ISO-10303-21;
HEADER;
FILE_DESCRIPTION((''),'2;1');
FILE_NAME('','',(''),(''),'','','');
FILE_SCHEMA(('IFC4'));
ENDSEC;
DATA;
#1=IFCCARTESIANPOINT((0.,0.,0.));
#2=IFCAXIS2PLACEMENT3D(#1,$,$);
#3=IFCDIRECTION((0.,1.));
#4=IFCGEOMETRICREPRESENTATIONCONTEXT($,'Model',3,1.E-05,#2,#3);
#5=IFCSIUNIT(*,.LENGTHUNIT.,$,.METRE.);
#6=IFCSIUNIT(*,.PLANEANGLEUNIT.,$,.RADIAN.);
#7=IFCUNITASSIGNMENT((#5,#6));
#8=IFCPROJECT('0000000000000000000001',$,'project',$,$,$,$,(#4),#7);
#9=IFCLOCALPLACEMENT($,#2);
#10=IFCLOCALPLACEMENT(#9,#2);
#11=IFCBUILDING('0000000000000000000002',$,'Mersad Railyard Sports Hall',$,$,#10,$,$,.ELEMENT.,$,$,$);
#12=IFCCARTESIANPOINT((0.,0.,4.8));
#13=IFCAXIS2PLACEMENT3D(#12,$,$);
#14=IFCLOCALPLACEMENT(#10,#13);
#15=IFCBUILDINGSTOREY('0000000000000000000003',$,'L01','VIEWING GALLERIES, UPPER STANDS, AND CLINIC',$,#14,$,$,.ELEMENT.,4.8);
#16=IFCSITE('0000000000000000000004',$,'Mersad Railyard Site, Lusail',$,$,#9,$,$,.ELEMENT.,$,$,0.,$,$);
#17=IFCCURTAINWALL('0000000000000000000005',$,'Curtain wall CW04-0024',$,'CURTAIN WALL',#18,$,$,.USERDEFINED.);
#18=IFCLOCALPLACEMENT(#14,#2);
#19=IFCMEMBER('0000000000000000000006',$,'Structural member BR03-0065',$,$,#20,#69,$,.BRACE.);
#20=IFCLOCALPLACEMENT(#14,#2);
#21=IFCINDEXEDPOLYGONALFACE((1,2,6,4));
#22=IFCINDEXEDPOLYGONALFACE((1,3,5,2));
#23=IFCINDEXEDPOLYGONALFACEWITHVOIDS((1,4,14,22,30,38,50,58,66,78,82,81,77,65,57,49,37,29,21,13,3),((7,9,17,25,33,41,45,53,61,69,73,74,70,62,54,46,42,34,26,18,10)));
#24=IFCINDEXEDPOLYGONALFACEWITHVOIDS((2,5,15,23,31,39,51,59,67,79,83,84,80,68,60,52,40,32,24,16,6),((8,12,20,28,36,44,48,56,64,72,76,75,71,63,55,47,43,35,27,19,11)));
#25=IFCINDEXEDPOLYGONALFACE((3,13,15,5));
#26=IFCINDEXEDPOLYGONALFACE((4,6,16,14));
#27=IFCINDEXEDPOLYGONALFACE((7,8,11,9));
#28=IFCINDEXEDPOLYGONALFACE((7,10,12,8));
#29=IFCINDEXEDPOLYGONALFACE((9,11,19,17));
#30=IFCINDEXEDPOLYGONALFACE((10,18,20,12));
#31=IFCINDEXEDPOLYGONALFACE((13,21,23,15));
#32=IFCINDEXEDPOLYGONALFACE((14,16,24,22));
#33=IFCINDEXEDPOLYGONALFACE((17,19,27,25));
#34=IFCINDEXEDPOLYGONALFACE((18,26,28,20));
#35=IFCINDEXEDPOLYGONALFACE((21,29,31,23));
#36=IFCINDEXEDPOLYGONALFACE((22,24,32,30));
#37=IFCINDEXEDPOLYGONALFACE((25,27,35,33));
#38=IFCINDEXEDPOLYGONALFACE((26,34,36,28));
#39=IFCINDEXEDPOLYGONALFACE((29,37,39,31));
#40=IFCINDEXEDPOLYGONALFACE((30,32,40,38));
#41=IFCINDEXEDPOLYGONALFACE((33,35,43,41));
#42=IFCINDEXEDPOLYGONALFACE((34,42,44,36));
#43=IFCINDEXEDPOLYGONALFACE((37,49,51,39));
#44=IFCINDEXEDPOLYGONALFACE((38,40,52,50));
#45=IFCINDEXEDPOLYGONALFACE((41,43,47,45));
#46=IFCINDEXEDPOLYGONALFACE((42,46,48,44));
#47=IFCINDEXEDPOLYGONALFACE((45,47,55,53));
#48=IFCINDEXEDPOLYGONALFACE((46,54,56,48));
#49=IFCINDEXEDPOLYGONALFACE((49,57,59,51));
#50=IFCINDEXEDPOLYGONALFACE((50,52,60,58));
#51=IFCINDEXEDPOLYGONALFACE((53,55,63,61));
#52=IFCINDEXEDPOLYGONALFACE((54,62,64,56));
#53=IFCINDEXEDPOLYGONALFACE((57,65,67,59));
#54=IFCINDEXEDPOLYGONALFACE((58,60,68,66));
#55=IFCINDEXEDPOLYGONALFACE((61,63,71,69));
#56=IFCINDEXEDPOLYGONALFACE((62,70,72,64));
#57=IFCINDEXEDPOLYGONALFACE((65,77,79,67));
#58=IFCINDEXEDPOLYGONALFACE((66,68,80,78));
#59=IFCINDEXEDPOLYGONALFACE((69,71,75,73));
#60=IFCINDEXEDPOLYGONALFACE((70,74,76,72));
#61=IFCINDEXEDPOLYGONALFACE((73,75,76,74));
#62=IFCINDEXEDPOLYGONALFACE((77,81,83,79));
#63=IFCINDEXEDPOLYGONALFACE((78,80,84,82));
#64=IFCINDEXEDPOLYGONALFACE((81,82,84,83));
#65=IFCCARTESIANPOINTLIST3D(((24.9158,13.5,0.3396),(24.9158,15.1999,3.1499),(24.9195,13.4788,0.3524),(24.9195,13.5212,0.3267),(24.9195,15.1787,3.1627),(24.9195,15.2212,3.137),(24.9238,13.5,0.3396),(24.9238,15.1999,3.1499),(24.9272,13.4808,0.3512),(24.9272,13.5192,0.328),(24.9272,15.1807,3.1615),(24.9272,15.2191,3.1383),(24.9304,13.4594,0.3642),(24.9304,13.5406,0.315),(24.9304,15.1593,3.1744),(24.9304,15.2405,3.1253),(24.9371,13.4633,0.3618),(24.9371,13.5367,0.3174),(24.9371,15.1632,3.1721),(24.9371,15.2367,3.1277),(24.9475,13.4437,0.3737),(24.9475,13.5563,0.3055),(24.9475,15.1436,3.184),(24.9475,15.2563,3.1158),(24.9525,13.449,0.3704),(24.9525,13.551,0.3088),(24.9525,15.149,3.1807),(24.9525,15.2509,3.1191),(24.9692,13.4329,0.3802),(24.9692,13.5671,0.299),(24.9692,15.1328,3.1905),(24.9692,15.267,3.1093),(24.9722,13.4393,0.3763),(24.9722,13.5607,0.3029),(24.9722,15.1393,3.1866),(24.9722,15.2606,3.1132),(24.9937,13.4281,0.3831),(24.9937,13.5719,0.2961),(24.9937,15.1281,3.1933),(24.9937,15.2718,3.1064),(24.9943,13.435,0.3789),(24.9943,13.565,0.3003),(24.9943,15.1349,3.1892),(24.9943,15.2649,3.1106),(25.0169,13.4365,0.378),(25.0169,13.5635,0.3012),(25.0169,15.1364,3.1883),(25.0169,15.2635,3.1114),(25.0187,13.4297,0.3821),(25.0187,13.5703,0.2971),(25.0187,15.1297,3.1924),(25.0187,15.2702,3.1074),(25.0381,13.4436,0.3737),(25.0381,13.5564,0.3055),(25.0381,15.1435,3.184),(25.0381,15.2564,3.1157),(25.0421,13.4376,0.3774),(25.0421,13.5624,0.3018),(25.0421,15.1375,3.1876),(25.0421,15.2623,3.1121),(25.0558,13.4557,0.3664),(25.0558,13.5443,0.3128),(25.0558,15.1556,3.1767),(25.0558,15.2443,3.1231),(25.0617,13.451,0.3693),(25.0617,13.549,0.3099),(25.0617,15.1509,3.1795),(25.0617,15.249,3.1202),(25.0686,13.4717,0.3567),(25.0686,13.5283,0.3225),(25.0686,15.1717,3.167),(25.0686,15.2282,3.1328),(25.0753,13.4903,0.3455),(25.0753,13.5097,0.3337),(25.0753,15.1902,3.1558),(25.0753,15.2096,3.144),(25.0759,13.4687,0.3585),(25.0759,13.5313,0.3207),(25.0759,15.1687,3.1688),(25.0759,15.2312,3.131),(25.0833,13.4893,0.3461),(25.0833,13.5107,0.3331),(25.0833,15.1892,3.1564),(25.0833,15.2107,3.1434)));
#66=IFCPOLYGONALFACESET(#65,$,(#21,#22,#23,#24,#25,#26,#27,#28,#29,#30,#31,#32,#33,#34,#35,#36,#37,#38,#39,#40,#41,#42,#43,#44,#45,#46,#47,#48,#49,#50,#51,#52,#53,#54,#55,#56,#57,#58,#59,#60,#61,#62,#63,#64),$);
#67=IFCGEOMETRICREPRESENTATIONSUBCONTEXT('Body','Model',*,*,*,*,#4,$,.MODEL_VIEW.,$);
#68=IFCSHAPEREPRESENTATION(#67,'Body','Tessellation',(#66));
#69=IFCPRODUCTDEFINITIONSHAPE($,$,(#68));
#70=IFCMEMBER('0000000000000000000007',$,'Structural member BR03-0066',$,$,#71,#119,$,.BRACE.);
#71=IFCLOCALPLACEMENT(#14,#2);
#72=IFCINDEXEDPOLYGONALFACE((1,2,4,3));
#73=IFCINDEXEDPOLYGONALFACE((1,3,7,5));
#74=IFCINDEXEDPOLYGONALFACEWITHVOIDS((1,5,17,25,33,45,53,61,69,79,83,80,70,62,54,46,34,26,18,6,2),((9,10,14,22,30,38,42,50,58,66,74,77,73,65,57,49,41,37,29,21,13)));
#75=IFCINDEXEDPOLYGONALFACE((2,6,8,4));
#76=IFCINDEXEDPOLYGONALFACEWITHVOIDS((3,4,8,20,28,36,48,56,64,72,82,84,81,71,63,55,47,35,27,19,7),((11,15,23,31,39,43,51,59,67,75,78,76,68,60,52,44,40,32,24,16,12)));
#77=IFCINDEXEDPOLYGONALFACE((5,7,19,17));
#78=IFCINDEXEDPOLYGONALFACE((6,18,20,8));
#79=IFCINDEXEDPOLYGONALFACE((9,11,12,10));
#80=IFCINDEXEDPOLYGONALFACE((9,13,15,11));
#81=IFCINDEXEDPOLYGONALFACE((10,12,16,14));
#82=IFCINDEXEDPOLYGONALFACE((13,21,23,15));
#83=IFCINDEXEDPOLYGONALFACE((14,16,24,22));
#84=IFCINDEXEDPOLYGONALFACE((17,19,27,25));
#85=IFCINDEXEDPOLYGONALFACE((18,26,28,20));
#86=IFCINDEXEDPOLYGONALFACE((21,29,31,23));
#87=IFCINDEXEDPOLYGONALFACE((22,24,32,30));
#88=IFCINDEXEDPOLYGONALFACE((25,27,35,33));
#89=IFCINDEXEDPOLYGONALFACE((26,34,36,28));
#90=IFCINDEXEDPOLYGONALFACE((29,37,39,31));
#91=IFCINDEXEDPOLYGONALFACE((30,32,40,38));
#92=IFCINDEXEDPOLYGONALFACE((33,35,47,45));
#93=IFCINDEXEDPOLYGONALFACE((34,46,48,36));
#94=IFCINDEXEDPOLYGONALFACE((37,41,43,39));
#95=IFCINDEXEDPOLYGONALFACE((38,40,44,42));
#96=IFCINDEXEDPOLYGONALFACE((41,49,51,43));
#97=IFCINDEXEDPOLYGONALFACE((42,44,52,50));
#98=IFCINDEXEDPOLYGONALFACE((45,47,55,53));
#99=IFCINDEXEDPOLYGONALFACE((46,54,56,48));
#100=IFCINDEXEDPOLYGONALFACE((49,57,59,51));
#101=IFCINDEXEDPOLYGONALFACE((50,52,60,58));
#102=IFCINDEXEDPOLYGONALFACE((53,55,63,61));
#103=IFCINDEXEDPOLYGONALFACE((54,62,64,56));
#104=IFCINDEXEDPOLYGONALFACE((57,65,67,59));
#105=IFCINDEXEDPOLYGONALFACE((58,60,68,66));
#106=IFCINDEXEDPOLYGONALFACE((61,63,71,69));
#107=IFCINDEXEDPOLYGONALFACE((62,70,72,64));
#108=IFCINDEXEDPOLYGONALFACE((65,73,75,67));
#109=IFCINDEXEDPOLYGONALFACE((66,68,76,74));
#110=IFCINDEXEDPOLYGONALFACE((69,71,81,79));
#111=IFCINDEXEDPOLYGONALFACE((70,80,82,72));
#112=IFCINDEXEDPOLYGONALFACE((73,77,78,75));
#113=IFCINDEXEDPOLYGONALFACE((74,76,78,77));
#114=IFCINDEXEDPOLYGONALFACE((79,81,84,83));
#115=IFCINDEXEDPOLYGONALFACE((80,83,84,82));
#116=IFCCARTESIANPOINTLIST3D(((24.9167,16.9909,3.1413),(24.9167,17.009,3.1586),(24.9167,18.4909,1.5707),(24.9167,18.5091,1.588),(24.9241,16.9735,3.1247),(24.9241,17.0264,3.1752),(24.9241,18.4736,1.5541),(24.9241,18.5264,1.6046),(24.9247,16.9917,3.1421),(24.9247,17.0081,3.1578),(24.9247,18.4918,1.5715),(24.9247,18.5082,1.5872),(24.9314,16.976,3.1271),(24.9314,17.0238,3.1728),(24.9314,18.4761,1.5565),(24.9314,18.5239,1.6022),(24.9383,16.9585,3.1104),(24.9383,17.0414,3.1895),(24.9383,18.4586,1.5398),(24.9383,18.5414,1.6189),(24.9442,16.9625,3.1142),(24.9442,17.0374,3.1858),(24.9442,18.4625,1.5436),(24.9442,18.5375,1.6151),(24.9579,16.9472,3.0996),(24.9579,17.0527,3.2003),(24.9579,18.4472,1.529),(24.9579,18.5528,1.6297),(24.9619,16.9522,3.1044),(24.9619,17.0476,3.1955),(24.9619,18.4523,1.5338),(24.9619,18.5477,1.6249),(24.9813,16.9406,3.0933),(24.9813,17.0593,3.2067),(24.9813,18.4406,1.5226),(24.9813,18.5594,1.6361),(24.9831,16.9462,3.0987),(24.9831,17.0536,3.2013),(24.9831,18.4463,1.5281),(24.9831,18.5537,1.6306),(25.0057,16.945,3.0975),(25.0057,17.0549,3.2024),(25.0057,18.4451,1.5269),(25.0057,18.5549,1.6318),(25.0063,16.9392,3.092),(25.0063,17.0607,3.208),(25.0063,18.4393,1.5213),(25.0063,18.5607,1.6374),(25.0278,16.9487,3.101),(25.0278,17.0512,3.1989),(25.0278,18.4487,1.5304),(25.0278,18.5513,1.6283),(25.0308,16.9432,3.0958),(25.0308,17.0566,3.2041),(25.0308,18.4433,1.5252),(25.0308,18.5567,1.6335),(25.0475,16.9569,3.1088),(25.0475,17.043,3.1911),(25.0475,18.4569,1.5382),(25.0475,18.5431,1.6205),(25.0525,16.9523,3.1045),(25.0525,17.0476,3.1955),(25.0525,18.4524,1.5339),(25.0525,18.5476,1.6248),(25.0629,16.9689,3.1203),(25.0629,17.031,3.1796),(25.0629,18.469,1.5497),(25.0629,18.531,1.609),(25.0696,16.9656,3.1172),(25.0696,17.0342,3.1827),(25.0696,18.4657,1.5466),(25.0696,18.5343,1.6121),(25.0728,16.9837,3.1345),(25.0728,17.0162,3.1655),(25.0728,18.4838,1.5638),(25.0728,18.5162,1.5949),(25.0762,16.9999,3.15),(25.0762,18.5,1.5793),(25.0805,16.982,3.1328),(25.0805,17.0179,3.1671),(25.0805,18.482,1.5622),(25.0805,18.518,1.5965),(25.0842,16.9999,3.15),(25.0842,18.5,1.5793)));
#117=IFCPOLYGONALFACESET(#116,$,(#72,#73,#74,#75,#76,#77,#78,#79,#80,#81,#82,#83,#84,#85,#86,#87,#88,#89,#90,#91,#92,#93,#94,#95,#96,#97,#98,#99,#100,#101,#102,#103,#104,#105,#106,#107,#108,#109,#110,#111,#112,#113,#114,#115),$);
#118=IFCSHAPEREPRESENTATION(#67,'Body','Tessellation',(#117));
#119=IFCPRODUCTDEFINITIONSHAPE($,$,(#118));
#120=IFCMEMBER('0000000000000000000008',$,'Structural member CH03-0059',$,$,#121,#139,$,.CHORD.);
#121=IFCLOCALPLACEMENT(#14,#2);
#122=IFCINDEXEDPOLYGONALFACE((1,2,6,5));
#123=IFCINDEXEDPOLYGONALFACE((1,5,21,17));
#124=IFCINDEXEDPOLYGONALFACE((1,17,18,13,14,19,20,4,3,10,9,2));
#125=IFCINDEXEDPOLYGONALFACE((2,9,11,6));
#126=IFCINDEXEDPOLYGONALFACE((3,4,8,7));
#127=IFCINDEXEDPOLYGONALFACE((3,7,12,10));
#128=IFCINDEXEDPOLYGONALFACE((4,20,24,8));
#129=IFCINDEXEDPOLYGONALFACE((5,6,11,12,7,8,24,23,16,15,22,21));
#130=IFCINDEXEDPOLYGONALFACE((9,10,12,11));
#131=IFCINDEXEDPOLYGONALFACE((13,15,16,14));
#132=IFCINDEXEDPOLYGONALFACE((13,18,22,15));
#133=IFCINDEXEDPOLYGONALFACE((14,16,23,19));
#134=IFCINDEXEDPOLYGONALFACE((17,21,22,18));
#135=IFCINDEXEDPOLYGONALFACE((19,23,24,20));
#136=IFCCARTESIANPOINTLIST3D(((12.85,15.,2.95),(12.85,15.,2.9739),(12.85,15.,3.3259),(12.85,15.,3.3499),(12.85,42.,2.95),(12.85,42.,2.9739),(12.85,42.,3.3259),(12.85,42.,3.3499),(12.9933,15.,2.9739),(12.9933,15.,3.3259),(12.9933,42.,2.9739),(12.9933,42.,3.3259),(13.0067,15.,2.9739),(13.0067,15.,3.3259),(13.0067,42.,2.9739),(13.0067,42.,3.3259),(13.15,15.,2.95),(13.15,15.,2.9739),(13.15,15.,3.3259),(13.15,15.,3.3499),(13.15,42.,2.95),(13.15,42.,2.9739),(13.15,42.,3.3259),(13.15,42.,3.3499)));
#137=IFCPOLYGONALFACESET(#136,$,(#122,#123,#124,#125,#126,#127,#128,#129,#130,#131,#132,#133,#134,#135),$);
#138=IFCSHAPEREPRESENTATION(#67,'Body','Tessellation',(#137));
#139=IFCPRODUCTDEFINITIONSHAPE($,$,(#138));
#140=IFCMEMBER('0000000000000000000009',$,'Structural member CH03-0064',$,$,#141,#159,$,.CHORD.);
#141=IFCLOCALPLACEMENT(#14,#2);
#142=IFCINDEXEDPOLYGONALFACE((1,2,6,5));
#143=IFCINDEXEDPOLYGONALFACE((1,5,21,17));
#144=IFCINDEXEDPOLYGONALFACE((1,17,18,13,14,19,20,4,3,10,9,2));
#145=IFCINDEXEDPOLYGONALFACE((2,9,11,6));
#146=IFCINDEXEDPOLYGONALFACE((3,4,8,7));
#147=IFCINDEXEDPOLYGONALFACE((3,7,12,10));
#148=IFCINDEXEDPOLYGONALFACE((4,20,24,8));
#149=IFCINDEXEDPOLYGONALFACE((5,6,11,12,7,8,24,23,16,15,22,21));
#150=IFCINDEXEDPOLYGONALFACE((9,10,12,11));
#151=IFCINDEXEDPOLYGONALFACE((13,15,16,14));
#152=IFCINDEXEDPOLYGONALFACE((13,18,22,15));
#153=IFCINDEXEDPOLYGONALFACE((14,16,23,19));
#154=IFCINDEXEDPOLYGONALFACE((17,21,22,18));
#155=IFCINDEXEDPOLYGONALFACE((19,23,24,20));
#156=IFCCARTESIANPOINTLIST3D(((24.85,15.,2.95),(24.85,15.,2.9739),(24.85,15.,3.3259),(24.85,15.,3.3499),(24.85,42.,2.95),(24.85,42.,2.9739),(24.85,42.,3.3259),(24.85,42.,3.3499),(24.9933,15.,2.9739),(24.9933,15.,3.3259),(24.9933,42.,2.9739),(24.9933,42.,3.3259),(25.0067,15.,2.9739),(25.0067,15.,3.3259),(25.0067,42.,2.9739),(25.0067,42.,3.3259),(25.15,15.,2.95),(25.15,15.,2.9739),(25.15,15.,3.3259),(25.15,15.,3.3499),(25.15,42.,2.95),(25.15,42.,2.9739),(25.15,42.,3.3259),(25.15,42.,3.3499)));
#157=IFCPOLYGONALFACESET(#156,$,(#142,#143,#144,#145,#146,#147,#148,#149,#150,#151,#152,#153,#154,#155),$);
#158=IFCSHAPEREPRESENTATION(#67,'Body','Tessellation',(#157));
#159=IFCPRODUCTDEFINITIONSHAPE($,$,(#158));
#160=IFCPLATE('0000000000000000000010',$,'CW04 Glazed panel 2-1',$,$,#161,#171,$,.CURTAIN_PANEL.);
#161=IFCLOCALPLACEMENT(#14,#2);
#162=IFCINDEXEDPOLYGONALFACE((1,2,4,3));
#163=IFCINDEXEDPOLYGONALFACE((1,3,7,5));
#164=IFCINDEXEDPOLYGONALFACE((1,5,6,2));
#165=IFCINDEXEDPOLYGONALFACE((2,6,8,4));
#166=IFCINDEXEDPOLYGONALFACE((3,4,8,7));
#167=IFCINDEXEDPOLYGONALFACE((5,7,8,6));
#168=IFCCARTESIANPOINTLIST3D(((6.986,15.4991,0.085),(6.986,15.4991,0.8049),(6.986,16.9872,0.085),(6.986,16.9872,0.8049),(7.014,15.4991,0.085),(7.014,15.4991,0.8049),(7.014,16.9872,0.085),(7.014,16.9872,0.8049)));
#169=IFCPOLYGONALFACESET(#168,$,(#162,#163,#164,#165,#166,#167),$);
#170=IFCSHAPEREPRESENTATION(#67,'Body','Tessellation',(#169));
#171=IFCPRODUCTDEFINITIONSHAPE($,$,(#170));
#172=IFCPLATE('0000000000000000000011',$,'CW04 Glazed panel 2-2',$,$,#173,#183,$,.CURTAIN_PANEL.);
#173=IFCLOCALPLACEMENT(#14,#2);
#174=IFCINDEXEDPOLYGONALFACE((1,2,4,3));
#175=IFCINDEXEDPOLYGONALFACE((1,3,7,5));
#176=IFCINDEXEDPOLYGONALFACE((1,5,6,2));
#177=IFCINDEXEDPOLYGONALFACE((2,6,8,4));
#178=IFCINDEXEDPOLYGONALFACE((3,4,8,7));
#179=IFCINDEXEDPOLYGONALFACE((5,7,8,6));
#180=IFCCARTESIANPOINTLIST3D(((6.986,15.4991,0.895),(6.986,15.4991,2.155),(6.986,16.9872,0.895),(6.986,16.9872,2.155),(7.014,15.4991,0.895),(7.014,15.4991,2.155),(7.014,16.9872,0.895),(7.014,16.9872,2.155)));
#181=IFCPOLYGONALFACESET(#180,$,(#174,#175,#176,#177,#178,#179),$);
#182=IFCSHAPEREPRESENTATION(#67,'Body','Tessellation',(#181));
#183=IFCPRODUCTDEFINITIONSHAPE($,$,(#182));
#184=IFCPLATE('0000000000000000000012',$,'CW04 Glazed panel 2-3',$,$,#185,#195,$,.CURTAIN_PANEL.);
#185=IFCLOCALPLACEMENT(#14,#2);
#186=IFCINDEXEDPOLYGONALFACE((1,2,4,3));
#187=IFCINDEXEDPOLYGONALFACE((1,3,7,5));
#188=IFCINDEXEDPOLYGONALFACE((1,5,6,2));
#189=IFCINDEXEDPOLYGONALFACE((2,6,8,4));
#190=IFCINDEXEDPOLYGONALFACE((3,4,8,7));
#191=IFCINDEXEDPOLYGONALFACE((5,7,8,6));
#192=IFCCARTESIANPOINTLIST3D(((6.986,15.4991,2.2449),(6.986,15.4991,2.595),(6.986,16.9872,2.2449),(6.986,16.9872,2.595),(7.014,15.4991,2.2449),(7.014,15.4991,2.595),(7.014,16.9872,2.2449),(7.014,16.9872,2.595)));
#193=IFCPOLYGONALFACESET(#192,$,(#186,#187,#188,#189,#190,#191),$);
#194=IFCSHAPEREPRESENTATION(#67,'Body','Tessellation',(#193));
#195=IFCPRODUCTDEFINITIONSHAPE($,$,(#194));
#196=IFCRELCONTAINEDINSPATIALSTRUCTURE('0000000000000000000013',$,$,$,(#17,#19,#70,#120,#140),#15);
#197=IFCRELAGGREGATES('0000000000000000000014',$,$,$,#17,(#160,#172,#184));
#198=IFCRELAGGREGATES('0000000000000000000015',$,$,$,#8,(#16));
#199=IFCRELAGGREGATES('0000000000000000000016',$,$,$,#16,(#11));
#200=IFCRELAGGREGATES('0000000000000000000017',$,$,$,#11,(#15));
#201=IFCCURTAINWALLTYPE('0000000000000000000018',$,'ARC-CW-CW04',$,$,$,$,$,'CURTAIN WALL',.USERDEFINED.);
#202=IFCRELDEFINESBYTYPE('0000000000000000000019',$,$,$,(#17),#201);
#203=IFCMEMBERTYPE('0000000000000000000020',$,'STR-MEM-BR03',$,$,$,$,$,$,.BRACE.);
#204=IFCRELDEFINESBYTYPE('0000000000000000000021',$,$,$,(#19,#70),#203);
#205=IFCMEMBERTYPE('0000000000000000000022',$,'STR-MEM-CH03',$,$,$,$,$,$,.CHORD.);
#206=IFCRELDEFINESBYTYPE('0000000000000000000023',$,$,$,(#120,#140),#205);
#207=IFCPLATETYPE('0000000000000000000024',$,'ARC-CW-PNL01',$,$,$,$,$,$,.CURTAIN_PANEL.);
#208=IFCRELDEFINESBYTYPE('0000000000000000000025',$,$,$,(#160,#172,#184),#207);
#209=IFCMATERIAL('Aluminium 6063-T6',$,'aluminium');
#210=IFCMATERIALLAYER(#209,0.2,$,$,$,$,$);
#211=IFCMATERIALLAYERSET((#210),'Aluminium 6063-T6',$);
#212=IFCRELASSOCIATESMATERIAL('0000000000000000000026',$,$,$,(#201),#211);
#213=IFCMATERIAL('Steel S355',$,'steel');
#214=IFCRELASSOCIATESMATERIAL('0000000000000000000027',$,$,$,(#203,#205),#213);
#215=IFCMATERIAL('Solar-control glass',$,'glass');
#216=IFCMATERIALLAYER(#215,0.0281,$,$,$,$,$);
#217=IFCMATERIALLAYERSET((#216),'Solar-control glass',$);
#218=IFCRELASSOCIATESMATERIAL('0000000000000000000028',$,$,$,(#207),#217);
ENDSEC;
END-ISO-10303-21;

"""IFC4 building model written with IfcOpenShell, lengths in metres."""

from ifc_helpers import new_model, si_unit, direction, frame, origin, origin_2d, place, context, subcontext, project, spatial, rectangle, hollow_circle, i_section, extrude, material, layer, layer_set, material_profile, profile_set, type_object, element, aggregate, save


model = new_model("IFC4")

# Units and contexts
model_context = context("Model", 3, precision=1e-05, world=origin(), true_north=direction((0.0, 1.0)))
body_context = subcontext(model_context, "Body", "Model", "MODEL_VIEW")
ifc_project = project(units=[si_unit("LENGTHUNIT", "METRE"), si_unit("PLANEANGLEUNIT", "RADIAN")], contexts=[model_context])

# Site, building, storey
site_placement = place(None, origin())
site = spatial("IfcSite", under=ifc_project, at=site_placement, Name="Mersad Railyard Site, Lusail", CompositionType="ELEMENT", RefElevation=0.0)
building_placement = place(site_placement, origin())
building = spatial("IfcBuilding", under=site, at=building_placement, Name="Mersad Railyard Sports Hall", CompositionType="ELEMENT")
storey_placement = place(building_placement, frame((0.0, 0.0, 4.8)))
storey = spatial("IfcBuildingStorey", under=building, at=storey_placement, Name="L01", Description="VIEWING GALLERIES, UPPER STANDS, AND CLINIC", CompositionType="ELEMENT", Elevation=4.8)

# Curtain wall
ifc_material_1 = material(Name="Aluminium 6063-T6", Category="aluminium")
ifc_layer_1 = layer(ifc_material_1, 0.2)
ifc_layer_set_1 = layer_set([ifc_layer_1], Name="Aluminium 6063-T6")
curtain_wall_type = type_object("IfcCurtainWallType", Name="ARC-CW-CW04", ElementType="CURTAIN WALL", PredefinedType="USERDEFINED", material=ifc_layer_set_1)
curtain_wall_placement = place(storey_placement, origin())
curtain_wall = element("IfcCurtainWall", 1, at=curtain_wall_placement, inside=storey, type_object=curtain_wall_type, Name="Curtain wall CW04-0024", ObjectType="CURTAIN WALL", PredefinedType="USERDEFINED")

# Members
ifc_material_2 = material(Name="Steel S355", Category="steel")
ifc_material_profile_1 = material_profile(ifc_material_2, hollow_circle(Radius=0.0842, WallThickness=0.0081, at=origin_2d()), Name="CHS 168.3x8")
ifc_profile_set_1 = profile_set([ifc_material_profile_1], Name="Steel S355")
member_type_1 = type_object("IfcMemberType", Name="STR-MEM-BR03", PredefinedType="BRACE", material=ifc_profile_set_1)
member_1_placement = place(storey_placement, frame((25.0, 13.5, 0.3396), z_axis=(0.0, 0.517575, 0.855638), x_axis=(-1.0, 0.0, 0.0)))
element("IfcMember", 2, at=member_1_placement, inside=storey, type_object=member_type_1, Name="Structural member BR03-0065", PredefinedType="BRACE", context=body_context, shape_type="SweptSolid", body=[
    extrude(hollow_circle(Radius=0.0842, WallThickness=0.0081, at=origin_2d()), origin(), (0.0, 0.0, 1.0), 3.2844),
])
member_2_placement = place(storey_placement, frame((25.0, 18.5, 1.5793), z_axis=(0.0, -0.690676, 0.723164), x_axis=(1.0, 0.0, 0.0)))
element("IfcMember", 3, at=member_2_placement, inside=storey, type_object=member_type_1, Name="Structural member BR03-0066", PredefinedType="BRACE", context=body_context, shape_type="SweptSolid", body=[
    extrude(hollow_circle(Radius=0.0842, WallThickness=0.0081, at=origin_2d()), origin(), (0.0, 0.0, 1.0), 2.1719),
])
ifc_material_profile_2 = material_profile(ifc_material_2, i_section(OverallWidth=0.3, OverallDepth=0.3999, WebThickness=0.0134, FlangeThickness=0.0239, at=origin_2d()), Name="HEB 400")
ifc_profile_set_2 = profile_set([ifc_material_profile_2], Name="Steel S355")
member_type_2 = type_object("IfcMemberType", Name="STR-MEM-CH03", PredefinedType="CHORD", material=ifc_profile_set_2)
for number, where, z_axis, x_axis, name in (
    (4, (13.0, 15.0, 3.1499), (0.0, 1.0, 0.0), (-1.0, 0.0, 0.0), "Structural member CH03-0059"),
    (5, (25.0, 15.0, 3.1499), (0.0, 1.0, 0.0), (-1.0, 0.0, 0.0), "Structural member CH03-0064"),
):
    element("IfcMember", number, at=place(storey_placement, frame(where, z_axis=z_axis, x_axis=x_axis)), inside=storey, type_object=member_type_2, Name=name, PredefinedType="CHORD", context=body_context, shape_type="SweptSolid", body=[
        extrude(i_section(OverallWidth=0.3, OverallDepth=0.3999, WebThickness=0.0134, FlangeThickness=0.0239, at=origin_2d()), origin(), (0.0, 0.0, 1.0), 27.0),
    ])

# Plates
ifc_material_3 = material(Name="Solar-control glass", Category="glass")
ifc_layer_2 = layer(ifc_material_3, 0.0281)
ifc_layer_set_2 = layer_set([ifc_layer_2], Name="Solar-control glass")
plate_type_1 = type_object("IfcPlateType", Name="ARC-CW-PNL01", PredefinedType="CURTAIN_PANEL", material=ifc_layer_set_2)
plate_1_placement = place(storey_placement, frame((7.0, 16.2432, 0.085), z_axis=(0.0, 0.0, 1.0), x_axis=(0.0, 1.0, 0.0)))
plate_1 = element("IfcPlate", 6, at=plate_1_placement, type_object=plate_type_1, Name="CW04 Glazed panel 2-1", PredefinedType="CURTAIN_PANEL", context=body_context, shape_type="SweptSolid", body=[
    extrude(rectangle(XDim=1.488, YDim=0.0281, at=origin_2d()), origin(), (0.0, 0.0, 1.0), 0.72),
])
plate_2_placement = place(storey_placement, frame((7.0, 16.2432, 0.895), z_axis=(0.0, 0.0, 1.0), x_axis=(0.0, 1.0, 0.0)))
plate_2 = element("IfcPlate", 7, at=plate_2_placement, type_object=plate_type_1, Name="CW04 Glazed panel 2-2", PredefinedType="CURTAIN_PANEL", context=body_context, shape_type="SweptSolid", body=[
    extrude(rectangle(XDim=1.488, YDim=0.0281, at=origin_2d()), origin(), (0.0, 0.0, 1.0), 1.26),
])
plate_3_placement = place(storey_placement, frame((7.0, 16.2432, 2.2449), z_axis=(0.0, 0.0, 1.0), x_axis=(0.0, 1.0, 0.0)))
plate_3 = element("IfcPlate", 8, at=plate_3_placement, type_object=plate_type_1, Name="CW04 Glazed panel 2-3", PredefinedType="CURTAIN_PANEL", context=body_context, shape_type="SweptSolid", body=[
    extrude(rectangle(XDim=1.488, YDim=0.0281, at=origin_2d()), origin(), (0.0, 0.0, 1.0), 0.3501),
])
aggregate(curtain_wall, [plate_1, plate_2, plate_3])

save(model, "model.ifc")
